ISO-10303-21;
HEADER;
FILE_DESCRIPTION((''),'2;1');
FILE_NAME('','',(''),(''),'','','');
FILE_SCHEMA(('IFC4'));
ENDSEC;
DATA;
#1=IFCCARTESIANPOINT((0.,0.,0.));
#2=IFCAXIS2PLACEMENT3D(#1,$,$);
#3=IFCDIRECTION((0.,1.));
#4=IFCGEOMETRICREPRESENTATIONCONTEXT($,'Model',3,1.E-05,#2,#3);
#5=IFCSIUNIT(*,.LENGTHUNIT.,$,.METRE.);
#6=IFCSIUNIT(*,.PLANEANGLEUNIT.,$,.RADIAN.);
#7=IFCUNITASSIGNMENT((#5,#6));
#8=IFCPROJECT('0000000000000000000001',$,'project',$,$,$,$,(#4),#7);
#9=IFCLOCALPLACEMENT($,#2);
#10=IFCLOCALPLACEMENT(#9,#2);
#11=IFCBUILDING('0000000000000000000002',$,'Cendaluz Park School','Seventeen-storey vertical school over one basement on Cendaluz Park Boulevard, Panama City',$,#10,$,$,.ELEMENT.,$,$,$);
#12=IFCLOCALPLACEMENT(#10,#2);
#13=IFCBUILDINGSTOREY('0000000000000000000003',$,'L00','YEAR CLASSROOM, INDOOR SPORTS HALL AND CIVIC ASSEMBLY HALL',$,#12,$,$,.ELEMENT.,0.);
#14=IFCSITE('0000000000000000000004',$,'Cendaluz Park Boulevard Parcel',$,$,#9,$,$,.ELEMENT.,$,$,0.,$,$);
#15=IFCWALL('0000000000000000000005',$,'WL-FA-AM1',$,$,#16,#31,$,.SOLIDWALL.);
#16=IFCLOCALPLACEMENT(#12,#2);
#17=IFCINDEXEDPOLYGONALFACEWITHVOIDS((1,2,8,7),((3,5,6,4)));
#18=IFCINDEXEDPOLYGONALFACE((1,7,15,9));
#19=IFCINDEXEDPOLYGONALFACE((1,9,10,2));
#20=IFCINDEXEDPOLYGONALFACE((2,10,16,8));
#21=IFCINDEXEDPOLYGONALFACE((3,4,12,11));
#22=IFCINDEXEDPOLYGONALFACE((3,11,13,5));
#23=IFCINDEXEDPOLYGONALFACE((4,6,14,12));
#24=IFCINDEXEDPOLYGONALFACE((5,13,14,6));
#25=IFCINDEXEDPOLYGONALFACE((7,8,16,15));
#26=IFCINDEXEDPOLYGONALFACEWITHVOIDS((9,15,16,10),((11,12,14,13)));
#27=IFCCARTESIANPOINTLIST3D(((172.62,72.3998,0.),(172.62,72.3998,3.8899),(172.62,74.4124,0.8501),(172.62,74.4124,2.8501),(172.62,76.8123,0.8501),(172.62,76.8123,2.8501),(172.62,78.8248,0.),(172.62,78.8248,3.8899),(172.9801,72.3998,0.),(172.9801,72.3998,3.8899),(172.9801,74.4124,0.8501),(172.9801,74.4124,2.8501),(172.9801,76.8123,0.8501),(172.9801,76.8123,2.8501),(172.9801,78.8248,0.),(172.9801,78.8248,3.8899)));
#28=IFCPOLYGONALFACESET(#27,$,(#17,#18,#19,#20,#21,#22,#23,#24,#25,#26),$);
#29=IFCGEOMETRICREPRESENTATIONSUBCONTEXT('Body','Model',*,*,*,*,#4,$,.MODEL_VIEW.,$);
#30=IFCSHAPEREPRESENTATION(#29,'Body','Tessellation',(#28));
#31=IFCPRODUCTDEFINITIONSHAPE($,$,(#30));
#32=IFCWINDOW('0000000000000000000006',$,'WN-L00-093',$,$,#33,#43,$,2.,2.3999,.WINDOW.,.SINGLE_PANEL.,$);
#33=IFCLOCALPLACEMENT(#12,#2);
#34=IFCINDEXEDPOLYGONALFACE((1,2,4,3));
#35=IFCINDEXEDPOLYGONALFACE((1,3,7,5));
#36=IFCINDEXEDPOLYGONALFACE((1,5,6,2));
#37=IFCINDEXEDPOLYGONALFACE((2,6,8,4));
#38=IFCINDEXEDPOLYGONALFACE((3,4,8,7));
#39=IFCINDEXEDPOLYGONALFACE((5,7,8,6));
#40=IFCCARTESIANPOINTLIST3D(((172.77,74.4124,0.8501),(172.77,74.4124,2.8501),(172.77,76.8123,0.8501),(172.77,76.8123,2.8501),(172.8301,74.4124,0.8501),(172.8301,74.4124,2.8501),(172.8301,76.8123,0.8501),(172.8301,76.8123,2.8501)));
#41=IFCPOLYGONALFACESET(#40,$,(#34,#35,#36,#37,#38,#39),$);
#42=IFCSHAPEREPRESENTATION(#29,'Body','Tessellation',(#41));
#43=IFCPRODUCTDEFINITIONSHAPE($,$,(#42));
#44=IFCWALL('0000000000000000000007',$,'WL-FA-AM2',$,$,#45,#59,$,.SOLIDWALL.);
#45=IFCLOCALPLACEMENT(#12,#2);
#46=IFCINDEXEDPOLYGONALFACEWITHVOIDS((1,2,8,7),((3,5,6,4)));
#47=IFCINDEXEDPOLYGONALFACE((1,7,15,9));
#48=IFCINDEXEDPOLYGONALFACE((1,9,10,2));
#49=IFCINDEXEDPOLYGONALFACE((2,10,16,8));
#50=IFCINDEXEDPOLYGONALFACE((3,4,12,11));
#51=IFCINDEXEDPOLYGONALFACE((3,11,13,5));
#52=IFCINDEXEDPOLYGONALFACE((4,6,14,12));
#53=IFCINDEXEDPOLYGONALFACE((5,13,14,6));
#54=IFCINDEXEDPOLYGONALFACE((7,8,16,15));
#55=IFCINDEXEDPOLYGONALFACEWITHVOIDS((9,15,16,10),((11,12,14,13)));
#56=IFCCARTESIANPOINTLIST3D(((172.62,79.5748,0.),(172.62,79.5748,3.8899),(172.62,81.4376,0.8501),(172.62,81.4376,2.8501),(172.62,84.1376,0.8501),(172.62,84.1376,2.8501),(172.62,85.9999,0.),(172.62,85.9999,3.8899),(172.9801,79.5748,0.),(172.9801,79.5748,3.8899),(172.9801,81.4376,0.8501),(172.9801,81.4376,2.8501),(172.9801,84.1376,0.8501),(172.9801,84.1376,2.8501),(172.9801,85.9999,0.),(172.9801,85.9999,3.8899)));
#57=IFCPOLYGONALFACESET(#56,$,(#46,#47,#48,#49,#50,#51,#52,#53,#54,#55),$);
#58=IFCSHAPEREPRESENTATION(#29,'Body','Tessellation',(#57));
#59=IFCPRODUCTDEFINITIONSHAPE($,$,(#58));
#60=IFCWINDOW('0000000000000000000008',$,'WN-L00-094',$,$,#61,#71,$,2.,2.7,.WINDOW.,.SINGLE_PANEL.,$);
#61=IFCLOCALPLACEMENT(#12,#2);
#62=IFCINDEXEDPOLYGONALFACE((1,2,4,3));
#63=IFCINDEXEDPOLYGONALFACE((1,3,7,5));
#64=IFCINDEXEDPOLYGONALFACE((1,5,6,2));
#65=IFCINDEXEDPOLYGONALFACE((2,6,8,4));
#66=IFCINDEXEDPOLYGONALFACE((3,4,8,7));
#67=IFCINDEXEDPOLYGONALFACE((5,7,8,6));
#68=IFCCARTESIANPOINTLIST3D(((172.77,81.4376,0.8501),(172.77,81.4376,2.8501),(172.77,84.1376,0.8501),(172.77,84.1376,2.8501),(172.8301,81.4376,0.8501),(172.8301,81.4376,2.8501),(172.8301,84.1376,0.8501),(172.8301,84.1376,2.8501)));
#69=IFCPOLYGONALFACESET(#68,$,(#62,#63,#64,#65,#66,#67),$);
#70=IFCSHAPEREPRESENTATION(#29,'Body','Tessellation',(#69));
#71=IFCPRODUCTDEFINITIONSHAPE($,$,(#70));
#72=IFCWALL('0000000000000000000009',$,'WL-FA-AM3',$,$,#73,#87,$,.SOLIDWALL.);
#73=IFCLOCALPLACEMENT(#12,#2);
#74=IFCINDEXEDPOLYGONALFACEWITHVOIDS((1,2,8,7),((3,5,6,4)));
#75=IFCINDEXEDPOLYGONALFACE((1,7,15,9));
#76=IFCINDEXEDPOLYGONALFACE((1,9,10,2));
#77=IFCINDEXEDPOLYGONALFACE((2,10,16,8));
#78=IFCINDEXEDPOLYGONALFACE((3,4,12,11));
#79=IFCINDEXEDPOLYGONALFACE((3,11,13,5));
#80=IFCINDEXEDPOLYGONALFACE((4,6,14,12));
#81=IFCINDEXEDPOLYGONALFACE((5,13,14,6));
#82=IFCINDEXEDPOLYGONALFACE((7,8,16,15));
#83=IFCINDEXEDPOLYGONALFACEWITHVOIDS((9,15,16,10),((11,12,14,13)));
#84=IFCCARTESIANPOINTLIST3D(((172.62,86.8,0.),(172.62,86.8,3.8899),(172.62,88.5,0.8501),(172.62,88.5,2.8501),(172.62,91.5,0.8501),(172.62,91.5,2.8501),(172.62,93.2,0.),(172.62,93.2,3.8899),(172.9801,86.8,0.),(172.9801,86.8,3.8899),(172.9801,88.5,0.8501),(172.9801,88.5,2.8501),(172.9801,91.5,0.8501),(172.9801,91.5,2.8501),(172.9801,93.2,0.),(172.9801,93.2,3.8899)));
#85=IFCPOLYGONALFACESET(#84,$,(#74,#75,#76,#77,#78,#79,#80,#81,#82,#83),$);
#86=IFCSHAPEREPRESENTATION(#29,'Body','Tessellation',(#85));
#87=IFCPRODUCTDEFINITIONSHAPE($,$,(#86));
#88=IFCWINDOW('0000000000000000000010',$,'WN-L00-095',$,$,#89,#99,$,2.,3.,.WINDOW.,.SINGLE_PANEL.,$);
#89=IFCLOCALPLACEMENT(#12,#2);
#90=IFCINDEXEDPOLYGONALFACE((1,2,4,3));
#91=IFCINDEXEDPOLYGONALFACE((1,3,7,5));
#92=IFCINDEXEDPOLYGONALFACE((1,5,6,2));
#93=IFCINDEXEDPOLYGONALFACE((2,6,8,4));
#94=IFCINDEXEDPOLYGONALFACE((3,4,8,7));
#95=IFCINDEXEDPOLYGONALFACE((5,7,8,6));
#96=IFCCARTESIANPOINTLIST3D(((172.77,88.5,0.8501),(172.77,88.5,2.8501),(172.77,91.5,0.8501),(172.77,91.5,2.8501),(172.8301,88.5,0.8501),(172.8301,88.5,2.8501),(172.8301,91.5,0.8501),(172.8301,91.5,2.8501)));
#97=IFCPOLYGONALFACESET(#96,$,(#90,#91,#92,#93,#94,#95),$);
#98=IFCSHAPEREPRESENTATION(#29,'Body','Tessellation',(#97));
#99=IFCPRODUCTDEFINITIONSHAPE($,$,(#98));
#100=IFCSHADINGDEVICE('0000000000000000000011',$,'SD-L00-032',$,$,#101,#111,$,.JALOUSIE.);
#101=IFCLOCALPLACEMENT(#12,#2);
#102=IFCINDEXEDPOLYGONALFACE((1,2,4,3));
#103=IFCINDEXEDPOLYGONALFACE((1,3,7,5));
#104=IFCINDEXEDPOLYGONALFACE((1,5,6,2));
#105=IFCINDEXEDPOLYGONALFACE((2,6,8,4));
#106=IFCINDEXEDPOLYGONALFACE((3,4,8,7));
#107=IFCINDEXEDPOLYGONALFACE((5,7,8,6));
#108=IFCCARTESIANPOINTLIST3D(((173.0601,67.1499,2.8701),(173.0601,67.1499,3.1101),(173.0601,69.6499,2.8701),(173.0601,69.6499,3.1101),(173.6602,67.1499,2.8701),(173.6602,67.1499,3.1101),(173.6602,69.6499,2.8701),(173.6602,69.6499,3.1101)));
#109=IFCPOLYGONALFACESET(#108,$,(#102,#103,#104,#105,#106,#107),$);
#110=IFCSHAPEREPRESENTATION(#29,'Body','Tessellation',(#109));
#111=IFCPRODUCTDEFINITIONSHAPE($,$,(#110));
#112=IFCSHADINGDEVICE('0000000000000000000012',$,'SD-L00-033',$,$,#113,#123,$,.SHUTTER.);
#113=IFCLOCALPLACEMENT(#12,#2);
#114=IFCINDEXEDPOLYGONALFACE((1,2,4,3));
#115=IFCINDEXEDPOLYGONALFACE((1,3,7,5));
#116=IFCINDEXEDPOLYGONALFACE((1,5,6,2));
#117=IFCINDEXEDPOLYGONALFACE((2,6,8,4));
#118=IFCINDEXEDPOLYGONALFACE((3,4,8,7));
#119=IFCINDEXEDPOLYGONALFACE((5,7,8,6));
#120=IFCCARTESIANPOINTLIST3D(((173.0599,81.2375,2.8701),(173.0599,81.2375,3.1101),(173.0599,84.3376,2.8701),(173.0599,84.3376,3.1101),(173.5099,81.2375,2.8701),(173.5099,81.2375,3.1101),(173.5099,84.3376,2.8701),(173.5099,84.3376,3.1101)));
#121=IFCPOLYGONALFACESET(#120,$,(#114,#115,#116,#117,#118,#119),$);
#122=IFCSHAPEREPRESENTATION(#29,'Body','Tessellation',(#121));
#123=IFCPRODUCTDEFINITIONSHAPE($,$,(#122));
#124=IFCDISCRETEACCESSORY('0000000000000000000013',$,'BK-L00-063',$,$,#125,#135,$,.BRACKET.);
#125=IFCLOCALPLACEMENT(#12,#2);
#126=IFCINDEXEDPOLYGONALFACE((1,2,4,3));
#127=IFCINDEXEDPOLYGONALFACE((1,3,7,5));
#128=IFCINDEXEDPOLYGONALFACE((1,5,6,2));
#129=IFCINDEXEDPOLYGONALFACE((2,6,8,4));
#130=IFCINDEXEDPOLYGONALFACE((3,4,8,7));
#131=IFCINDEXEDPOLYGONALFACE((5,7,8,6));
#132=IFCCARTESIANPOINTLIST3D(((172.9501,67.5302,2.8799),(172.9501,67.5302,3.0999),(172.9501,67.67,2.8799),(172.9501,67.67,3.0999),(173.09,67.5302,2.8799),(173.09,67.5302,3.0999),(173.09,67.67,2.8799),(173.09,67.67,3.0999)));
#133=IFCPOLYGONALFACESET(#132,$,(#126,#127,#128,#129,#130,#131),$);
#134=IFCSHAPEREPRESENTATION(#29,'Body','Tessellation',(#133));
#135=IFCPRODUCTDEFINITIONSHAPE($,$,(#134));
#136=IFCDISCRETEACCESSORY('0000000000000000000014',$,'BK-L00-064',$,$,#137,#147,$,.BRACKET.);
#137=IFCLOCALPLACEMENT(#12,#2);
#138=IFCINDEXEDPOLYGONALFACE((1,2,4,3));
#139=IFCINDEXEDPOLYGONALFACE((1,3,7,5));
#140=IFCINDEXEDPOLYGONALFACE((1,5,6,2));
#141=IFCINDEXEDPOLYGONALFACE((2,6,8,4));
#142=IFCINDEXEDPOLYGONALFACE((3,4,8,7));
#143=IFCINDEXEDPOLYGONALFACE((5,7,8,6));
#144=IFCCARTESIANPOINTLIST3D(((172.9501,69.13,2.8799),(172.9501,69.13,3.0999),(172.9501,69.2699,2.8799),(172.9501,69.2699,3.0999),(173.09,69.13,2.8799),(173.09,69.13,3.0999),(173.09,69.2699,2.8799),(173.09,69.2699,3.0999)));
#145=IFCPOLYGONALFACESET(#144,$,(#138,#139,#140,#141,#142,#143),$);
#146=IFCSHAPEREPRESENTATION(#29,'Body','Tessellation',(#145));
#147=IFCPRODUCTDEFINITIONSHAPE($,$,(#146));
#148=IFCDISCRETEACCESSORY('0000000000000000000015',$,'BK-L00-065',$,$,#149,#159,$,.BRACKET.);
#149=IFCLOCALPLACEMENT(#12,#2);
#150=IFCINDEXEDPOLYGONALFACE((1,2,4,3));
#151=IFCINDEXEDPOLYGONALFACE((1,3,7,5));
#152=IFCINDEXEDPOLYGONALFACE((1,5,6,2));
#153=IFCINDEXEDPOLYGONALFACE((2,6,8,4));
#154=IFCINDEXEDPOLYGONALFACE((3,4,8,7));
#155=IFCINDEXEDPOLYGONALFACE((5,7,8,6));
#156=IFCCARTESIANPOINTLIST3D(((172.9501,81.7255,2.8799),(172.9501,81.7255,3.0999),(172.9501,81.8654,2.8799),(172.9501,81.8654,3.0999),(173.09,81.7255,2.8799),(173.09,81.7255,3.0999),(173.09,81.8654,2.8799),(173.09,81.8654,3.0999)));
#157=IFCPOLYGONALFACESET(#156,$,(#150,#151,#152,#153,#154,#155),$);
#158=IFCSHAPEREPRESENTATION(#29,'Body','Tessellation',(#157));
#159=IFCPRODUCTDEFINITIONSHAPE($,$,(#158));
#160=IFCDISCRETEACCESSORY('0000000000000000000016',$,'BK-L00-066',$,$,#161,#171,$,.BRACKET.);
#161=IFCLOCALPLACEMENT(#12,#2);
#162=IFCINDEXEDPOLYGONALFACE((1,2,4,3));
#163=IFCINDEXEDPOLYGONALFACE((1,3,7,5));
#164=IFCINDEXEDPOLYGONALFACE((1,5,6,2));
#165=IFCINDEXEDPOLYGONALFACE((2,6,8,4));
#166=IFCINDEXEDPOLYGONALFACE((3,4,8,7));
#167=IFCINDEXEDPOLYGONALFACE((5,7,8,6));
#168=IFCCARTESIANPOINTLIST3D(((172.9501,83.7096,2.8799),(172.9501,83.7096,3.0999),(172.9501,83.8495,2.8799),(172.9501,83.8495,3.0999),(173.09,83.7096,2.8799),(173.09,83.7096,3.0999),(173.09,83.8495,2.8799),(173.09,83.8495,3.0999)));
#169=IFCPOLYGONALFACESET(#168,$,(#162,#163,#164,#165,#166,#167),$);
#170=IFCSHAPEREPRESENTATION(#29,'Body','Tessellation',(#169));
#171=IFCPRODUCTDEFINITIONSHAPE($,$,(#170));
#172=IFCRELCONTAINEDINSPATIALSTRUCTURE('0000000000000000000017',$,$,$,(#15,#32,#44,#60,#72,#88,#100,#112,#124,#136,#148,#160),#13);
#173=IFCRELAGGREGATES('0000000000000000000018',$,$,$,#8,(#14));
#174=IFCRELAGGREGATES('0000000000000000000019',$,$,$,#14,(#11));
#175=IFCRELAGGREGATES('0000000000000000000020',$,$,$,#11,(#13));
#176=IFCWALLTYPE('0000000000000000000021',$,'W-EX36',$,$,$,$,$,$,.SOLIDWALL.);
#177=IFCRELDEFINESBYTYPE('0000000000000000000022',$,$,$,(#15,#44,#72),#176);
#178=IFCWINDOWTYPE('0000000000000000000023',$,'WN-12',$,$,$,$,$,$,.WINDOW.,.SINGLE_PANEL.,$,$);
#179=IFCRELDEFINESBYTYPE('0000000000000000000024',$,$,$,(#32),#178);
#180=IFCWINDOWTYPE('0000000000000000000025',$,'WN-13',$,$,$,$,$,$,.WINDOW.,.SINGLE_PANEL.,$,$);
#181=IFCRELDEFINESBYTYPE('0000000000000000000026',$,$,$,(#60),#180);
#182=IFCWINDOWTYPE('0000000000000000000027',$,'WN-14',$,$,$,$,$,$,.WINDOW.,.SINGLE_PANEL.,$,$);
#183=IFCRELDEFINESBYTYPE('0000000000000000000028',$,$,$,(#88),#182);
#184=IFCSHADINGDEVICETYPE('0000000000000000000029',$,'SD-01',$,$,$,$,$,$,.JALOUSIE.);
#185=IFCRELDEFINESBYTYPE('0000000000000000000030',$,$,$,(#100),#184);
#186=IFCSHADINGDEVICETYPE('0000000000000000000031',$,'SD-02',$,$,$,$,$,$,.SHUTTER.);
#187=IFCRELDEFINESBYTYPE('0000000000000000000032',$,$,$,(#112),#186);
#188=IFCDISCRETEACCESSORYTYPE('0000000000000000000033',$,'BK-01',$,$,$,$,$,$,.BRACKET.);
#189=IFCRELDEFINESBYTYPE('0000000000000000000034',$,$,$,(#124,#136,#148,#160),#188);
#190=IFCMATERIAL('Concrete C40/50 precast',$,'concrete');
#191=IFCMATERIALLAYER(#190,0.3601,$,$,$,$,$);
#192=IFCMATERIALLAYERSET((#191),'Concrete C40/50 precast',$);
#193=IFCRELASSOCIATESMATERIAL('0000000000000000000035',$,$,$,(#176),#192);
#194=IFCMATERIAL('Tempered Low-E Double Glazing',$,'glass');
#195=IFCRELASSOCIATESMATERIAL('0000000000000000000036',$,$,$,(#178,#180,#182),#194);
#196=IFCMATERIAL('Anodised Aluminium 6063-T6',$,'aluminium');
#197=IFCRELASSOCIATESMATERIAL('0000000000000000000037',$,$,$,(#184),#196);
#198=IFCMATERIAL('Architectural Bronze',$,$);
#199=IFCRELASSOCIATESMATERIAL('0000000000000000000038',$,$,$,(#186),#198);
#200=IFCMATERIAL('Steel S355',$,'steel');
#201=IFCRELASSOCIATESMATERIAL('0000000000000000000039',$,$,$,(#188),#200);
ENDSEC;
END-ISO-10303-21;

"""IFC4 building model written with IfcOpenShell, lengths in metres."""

from ifc_helpers import new_model, si_unit, direction, frame, frame_2d, origin, origin_2d, place, context, subcontext, project, spatial, rectangle, extrude, material, layer, layer_set, type_object, element, fill, save


model = new_model("IFC4")

# Units and contexts
model_context = context("Model", 3, precision=1e-05, world=origin(), true_north=direction((0.0, 1.0)))
body_context = subcontext(model_context, "Body", "Model", "MODEL_VIEW")
ifc_project = project(units=[si_unit("LENGTHUNIT", "METRE"), si_unit("PLANEANGLEUNIT", "RADIAN")], contexts=[model_context])

# Site, building, storey
site_placement = place(None, origin())
site = spatial("IfcSite", under=ifc_project, at=site_placement, Name="Cendaluz Park Boulevard Parcel", CompositionType="ELEMENT", RefElevation=0.0)
building_placement = place(site_placement, origin())
building = spatial("IfcBuilding", under=site, at=building_placement, Name="Cendaluz Park School", Description="Seventeen-storey vertical school over one basement on Cendaluz Park Boulevard, Panama City", CompositionType="ELEMENT")
storey_placement = place(building_placement, origin())
storey = spatial("IfcBuildingStorey", under=building, at=storey_placement, Name="L00", Description="YEAR CLASSROOM, INDOOR SPORTS HALL AND CIVIC ASSEMBLY HALL", CompositionType="ELEMENT", Elevation=0.0)

# Walls, openings, windows
ifc_material_1 = material(Name="Concrete C40/50 precast", Category="concrete")
ifc_layer_1 = layer(ifc_material_1, 0.3601)
ifc_layer_set_1 = layer_set([ifc_layer_1], Name="Concrete C40/50 precast")
wall_type_1 = type_object("IfcWallType", Name="W-EX36", PredefinedType="SOLIDWALL", material=ifc_layer_set_1)
ifc_material_2 = material(Name="Tempered Low-E Double Glazing", Category="glass")
wall_1_placement = place(storey_placement, frame((172.8, 72.3999, 0.0), z_axis=(0.0, 0.0, 1.0), x_axis=(0.0, 1.0, 0.0)))
wall_1 = element("IfcWall", 1, at=wall_1_placement, inside=storey, type_object=wall_type_1, Name="WL-FA-AM1", PredefinedType="SOLIDWALL", context=body_context, shape_type="SweptSolid", body=[
    extrude(rectangle(XDim=6.425, YDim=0.3601, at=frame_2d((3.2124, 0.0))), origin(), (0.0, 0.0, 1.0), 3.8899),
])
opening_1_placement = place(wall_1_placement, frame((2.0125, 0.0, 0.8501)))
opening_1 = element("IfcOpeningElement", 2, at=opening_1_placement, cuts=wall_1, PredefinedType="OPENING", context=body_context, shape_type="SweptSolid", body=[
    extrude(rectangle(XDim=2.3999, YDim=2.0, at=frame_2d((1.2, 1.0))), frame((0.0, 0.1921, 0.0), z_axis=(0.0, -1.0, 0.0), x_axis=(1.0, 0.0, 0.0)), (0.0, 0.0, 1.0), 0.384),
])
window_type_1 = type_object("IfcWindowType", Name="WN-12", PartitioningType="SINGLE_PANEL", PredefinedType="WINDOW", material=ifc_material_2)
window_1_placement = place(opening_1_placement, origin())
window_1 = element("IfcWindow", 3, at=window_1_placement, inside=storey, type_object=window_type_1, Name="WN-L00-093", OverallHeight=2.0, OverallWidth=2.3999, PartitioningType="SINGLE_PANEL", PredefinedType="WINDOW", context=body_context, shape_type="SweptSolid", body=[
    extrude(rectangle(XDim=2.3999, YDim=2.0, at=frame_2d((1.2, 1.0))), frame((0.0, 0.03, 0.0), z_axis=(0.0, -1.0, 0.0), x_axis=(1.0, 0.0, 0.0)), (0.0, 0.0, 1.0), 0.0601),
])
fill(opening_1, window_1)
wall_2_placement = place(storey_placement, frame((172.8, 79.575, 0.0), z_axis=(0.0, 0.0, 1.0), x_axis=(0.0, 1.0, 0.0)))
wall_2 = element("IfcWall", 4, at=wall_2_placement, inside=storey, type_object=wall_type_1, Name="WL-FA-AM2", PredefinedType="SOLIDWALL", context=body_context, shape_type="SweptSolid", body=[
    extrude(rectangle(XDim=6.425, YDim=0.3601, at=frame_2d((3.2124, 0.0))), origin(), (0.0, 0.0, 1.0), 3.8899),
])
opening_2_placement = place(wall_2_placement, frame((1.8625, 0.0, 0.8501)))
opening_2 = element("IfcOpeningElement", 5, at=opening_2_placement, cuts=wall_2, PredefinedType="OPENING", context=body_context, shape_type="SweptSolid", body=[
    extrude(rectangle(XDim=2.7, YDim=2.0, at=frame_2d((1.3501, 1.0))), frame((0.0, 0.1921, 0.0), z_axis=(0.0, -1.0, 0.0), x_axis=(1.0, 0.0, 0.0)), (0.0, 0.0, 1.0), 0.384),
])
window_type_2 = type_object("IfcWindowType", Name="WN-13", PartitioningType="SINGLE_PANEL", PredefinedType="WINDOW", material=ifc_material_2)
window_2_placement = place(opening_2_placement, origin())
window_2 = element("IfcWindow", 6, at=window_2_placement, inside=storey, type_object=window_type_2, Name="WN-L00-094", OverallHeight=2.0, OverallWidth=2.7, PartitioningType="SINGLE_PANEL", PredefinedType="WINDOW", context=body_context, shape_type="SweptSolid", body=[
    extrude(rectangle(XDim=2.7, YDim=2.0, at=frame_2d((1.3501, 1.0))), frame((0.0, 0.03, 0.0), z_axis=(0.0, -1.0, 0.0), x_axis=(1.0, 0.0, 0.0)), (0.0, 0.0, 1.0), 0.0601),
])
fill(opening_2, window_2)
wall_3_placement = place(storey_placement, frame((172.8, 86.8, 0.0), z_axis=(0.0, 0.0, 1.0), x_axis=(0.0, 1.0, 0.0)))
wall_3 = element("IfcWall", 7, at=wall_3_placement, inside=storey, type_object=wall_type_1, Name="WL-FA-AM3", PredefinedType="SOLIDWALL", context=body_context, shape_type="SweptSolid", body=[
    extrude(rectangle(XDim=6.3999, YDim=0.3601, at=frame_2d((3.2, 0.0))), origin(), (0.0, 0.0, 1.0), 3.8899),
])
opening_3_placement = place(wall_3_placement, frame((1.7, 0.0, 0.8501)))
opening_3 = element("IfcOpeningElement", 8, at=opening_3_placement, cuts=wall_3, PredefinedType="OPENING", context=body_context, shape_type="SweptSolid", body=[
    extrude(rectangle(XDim=3.0, YDim=2.0, at=frame_2d((1.5, 1.0))), frame((0.0, 0.1921, 0.0), z_axis=(0.0, -1.0, 0.0), x_axis=(1.0, 0.0, 0.0)), (0.0, 0.0, 1.0), 0.384),
])
window_type_3 = type_object("IfcWindowType", Name="WN-14", PartitioningType="SINGLE_PANEL", PredefinedType="WINDOW", material=ifc_material_2)
window_3_placement = place(opening_3_placement, origin())
window_3 = element("IfcWindow", 9, at=window_3_placement, inside=storey, type_object=window_type_3, Name="WN-L00-095", OverallHeight=2.0, OverallWidth=3.0, PartitioningType="SINGLE_PANEL", PredefinedType="WINDOW", context=body_context, shape_type="SweptSolid", body=[
    extrude(rectangle(XDim=3.0, YDim=2.0, at=frame_2d((1.5, 1.0))), frame((0.0, 0.03, 0.0), z_axis=(0.0, -1.0, 0.0), x_axis=(1.0, 0.0, 0.0)), (0.0, 0.0, 1.0), 0.0601),
])
fill(opening_3, window_3)

# Shading devices
ifc_material_3 = material(Name="Anodised Aluminium 6063-T6", Category="aluminium")
shading_device_type_1 = type_object("IfcShadingDeviceType", Name="SD-01", PredefinedType="JALOUSIE", material=ifc_material_3)
shading_device_1_placement = place(storey_placement, frame((173.3601, 68.3999, 2.8701), z_axis=(0.0, 0.0, 1.0), x_axis=(0.0, 1.0, 0.0)))
element("IfcShadingDevice", 10, at=shading_device_1_placement, inside=storey, type_object=shading_device_type_1, Name="SD-L00-032", PredefinedType="JALOUSIE", context=body_context, shape_type="SweptSolid", body=[
    extrude(rectangle(XDim=2.5, YDim=0.6001, at=origin_2d()), origin(), (0.0, 0.0, 1.0), 0.24),
])
ifc_material_4 = material(Name="Architectural Bronze")
shading_device_type_2 = type_object("IfcShadingDeviceType", Name="SD-02", PredefinedType="SHUTTER", material=ifc_material_4)
shading_device_2_placement = place(storey_placement, frame((173.2849, 82.7876, 2.8701), z_axis=(0.0, 0.0, 1.0), x_axis=(0.0, 1.0, 0.0)))
element("IfcShadingDevice", 11, at=shading_device_2_placement, inside=storey, type_object=shading_device_type_2, Name="SD-L00-033", PredefinedType="SHUTTER", context=body_context, shape_type="SweptSolid", body=[
    extrude(rectangle(XDim=3.1001, YDim=0.45, at=origin_2d()), origin(), (0.0, 0.0, 1.0), 0.24),
])

# Discrete accessories
ifc_material_5 = material(Name="Steel S355", Category="steel")
discrete_accessory_type = type_object("IfcDiscreteAccessoryType", Name="BK-01", PredefinedType="BRACKET", material=ifc_material_5)
for number, where, z_axis, x_axis, name in (
    (12, (173.02, 67.6001, 2.8799), (0.0, 0.0, 1.0), (0.0, 1.0, 0.0), "BK-L00-063"),
    (13, (173.02, 69.2, 2.8799), (0.0, 0.0, 1.0), (0.0, 1.0, 0.0), "BK-L00-064"),
    (14, (173.02, 81.7954, 2.8799), (0.0, 0.0, 1.0), (0.0, 1.0, 0.0), "BK-L00-065"),
    (15, (173.02, 83.7795, 2.8799), (0.0, 0.0, 1.0), (0.0, 1.0, 0.0), "BK-L00-066"),
):
    element("IfcDiscreteAccessory", number, at=place(storey_placement, frame(where, z_axis=z_axis, x_axis=x_axis)), inside=storey, type_object=discrete_accessory_type, Name=name, PredefinedType="BRACKET", context=body_context, shape_type="SweptSolid", body=[
        extrude(rectangle(XDim=0.1399, YDim=0.1399, at=origin_2d()), origin(), (0.0, 0.0, 1.0), 0.22),
    ])

save(model, "model.ifc")
